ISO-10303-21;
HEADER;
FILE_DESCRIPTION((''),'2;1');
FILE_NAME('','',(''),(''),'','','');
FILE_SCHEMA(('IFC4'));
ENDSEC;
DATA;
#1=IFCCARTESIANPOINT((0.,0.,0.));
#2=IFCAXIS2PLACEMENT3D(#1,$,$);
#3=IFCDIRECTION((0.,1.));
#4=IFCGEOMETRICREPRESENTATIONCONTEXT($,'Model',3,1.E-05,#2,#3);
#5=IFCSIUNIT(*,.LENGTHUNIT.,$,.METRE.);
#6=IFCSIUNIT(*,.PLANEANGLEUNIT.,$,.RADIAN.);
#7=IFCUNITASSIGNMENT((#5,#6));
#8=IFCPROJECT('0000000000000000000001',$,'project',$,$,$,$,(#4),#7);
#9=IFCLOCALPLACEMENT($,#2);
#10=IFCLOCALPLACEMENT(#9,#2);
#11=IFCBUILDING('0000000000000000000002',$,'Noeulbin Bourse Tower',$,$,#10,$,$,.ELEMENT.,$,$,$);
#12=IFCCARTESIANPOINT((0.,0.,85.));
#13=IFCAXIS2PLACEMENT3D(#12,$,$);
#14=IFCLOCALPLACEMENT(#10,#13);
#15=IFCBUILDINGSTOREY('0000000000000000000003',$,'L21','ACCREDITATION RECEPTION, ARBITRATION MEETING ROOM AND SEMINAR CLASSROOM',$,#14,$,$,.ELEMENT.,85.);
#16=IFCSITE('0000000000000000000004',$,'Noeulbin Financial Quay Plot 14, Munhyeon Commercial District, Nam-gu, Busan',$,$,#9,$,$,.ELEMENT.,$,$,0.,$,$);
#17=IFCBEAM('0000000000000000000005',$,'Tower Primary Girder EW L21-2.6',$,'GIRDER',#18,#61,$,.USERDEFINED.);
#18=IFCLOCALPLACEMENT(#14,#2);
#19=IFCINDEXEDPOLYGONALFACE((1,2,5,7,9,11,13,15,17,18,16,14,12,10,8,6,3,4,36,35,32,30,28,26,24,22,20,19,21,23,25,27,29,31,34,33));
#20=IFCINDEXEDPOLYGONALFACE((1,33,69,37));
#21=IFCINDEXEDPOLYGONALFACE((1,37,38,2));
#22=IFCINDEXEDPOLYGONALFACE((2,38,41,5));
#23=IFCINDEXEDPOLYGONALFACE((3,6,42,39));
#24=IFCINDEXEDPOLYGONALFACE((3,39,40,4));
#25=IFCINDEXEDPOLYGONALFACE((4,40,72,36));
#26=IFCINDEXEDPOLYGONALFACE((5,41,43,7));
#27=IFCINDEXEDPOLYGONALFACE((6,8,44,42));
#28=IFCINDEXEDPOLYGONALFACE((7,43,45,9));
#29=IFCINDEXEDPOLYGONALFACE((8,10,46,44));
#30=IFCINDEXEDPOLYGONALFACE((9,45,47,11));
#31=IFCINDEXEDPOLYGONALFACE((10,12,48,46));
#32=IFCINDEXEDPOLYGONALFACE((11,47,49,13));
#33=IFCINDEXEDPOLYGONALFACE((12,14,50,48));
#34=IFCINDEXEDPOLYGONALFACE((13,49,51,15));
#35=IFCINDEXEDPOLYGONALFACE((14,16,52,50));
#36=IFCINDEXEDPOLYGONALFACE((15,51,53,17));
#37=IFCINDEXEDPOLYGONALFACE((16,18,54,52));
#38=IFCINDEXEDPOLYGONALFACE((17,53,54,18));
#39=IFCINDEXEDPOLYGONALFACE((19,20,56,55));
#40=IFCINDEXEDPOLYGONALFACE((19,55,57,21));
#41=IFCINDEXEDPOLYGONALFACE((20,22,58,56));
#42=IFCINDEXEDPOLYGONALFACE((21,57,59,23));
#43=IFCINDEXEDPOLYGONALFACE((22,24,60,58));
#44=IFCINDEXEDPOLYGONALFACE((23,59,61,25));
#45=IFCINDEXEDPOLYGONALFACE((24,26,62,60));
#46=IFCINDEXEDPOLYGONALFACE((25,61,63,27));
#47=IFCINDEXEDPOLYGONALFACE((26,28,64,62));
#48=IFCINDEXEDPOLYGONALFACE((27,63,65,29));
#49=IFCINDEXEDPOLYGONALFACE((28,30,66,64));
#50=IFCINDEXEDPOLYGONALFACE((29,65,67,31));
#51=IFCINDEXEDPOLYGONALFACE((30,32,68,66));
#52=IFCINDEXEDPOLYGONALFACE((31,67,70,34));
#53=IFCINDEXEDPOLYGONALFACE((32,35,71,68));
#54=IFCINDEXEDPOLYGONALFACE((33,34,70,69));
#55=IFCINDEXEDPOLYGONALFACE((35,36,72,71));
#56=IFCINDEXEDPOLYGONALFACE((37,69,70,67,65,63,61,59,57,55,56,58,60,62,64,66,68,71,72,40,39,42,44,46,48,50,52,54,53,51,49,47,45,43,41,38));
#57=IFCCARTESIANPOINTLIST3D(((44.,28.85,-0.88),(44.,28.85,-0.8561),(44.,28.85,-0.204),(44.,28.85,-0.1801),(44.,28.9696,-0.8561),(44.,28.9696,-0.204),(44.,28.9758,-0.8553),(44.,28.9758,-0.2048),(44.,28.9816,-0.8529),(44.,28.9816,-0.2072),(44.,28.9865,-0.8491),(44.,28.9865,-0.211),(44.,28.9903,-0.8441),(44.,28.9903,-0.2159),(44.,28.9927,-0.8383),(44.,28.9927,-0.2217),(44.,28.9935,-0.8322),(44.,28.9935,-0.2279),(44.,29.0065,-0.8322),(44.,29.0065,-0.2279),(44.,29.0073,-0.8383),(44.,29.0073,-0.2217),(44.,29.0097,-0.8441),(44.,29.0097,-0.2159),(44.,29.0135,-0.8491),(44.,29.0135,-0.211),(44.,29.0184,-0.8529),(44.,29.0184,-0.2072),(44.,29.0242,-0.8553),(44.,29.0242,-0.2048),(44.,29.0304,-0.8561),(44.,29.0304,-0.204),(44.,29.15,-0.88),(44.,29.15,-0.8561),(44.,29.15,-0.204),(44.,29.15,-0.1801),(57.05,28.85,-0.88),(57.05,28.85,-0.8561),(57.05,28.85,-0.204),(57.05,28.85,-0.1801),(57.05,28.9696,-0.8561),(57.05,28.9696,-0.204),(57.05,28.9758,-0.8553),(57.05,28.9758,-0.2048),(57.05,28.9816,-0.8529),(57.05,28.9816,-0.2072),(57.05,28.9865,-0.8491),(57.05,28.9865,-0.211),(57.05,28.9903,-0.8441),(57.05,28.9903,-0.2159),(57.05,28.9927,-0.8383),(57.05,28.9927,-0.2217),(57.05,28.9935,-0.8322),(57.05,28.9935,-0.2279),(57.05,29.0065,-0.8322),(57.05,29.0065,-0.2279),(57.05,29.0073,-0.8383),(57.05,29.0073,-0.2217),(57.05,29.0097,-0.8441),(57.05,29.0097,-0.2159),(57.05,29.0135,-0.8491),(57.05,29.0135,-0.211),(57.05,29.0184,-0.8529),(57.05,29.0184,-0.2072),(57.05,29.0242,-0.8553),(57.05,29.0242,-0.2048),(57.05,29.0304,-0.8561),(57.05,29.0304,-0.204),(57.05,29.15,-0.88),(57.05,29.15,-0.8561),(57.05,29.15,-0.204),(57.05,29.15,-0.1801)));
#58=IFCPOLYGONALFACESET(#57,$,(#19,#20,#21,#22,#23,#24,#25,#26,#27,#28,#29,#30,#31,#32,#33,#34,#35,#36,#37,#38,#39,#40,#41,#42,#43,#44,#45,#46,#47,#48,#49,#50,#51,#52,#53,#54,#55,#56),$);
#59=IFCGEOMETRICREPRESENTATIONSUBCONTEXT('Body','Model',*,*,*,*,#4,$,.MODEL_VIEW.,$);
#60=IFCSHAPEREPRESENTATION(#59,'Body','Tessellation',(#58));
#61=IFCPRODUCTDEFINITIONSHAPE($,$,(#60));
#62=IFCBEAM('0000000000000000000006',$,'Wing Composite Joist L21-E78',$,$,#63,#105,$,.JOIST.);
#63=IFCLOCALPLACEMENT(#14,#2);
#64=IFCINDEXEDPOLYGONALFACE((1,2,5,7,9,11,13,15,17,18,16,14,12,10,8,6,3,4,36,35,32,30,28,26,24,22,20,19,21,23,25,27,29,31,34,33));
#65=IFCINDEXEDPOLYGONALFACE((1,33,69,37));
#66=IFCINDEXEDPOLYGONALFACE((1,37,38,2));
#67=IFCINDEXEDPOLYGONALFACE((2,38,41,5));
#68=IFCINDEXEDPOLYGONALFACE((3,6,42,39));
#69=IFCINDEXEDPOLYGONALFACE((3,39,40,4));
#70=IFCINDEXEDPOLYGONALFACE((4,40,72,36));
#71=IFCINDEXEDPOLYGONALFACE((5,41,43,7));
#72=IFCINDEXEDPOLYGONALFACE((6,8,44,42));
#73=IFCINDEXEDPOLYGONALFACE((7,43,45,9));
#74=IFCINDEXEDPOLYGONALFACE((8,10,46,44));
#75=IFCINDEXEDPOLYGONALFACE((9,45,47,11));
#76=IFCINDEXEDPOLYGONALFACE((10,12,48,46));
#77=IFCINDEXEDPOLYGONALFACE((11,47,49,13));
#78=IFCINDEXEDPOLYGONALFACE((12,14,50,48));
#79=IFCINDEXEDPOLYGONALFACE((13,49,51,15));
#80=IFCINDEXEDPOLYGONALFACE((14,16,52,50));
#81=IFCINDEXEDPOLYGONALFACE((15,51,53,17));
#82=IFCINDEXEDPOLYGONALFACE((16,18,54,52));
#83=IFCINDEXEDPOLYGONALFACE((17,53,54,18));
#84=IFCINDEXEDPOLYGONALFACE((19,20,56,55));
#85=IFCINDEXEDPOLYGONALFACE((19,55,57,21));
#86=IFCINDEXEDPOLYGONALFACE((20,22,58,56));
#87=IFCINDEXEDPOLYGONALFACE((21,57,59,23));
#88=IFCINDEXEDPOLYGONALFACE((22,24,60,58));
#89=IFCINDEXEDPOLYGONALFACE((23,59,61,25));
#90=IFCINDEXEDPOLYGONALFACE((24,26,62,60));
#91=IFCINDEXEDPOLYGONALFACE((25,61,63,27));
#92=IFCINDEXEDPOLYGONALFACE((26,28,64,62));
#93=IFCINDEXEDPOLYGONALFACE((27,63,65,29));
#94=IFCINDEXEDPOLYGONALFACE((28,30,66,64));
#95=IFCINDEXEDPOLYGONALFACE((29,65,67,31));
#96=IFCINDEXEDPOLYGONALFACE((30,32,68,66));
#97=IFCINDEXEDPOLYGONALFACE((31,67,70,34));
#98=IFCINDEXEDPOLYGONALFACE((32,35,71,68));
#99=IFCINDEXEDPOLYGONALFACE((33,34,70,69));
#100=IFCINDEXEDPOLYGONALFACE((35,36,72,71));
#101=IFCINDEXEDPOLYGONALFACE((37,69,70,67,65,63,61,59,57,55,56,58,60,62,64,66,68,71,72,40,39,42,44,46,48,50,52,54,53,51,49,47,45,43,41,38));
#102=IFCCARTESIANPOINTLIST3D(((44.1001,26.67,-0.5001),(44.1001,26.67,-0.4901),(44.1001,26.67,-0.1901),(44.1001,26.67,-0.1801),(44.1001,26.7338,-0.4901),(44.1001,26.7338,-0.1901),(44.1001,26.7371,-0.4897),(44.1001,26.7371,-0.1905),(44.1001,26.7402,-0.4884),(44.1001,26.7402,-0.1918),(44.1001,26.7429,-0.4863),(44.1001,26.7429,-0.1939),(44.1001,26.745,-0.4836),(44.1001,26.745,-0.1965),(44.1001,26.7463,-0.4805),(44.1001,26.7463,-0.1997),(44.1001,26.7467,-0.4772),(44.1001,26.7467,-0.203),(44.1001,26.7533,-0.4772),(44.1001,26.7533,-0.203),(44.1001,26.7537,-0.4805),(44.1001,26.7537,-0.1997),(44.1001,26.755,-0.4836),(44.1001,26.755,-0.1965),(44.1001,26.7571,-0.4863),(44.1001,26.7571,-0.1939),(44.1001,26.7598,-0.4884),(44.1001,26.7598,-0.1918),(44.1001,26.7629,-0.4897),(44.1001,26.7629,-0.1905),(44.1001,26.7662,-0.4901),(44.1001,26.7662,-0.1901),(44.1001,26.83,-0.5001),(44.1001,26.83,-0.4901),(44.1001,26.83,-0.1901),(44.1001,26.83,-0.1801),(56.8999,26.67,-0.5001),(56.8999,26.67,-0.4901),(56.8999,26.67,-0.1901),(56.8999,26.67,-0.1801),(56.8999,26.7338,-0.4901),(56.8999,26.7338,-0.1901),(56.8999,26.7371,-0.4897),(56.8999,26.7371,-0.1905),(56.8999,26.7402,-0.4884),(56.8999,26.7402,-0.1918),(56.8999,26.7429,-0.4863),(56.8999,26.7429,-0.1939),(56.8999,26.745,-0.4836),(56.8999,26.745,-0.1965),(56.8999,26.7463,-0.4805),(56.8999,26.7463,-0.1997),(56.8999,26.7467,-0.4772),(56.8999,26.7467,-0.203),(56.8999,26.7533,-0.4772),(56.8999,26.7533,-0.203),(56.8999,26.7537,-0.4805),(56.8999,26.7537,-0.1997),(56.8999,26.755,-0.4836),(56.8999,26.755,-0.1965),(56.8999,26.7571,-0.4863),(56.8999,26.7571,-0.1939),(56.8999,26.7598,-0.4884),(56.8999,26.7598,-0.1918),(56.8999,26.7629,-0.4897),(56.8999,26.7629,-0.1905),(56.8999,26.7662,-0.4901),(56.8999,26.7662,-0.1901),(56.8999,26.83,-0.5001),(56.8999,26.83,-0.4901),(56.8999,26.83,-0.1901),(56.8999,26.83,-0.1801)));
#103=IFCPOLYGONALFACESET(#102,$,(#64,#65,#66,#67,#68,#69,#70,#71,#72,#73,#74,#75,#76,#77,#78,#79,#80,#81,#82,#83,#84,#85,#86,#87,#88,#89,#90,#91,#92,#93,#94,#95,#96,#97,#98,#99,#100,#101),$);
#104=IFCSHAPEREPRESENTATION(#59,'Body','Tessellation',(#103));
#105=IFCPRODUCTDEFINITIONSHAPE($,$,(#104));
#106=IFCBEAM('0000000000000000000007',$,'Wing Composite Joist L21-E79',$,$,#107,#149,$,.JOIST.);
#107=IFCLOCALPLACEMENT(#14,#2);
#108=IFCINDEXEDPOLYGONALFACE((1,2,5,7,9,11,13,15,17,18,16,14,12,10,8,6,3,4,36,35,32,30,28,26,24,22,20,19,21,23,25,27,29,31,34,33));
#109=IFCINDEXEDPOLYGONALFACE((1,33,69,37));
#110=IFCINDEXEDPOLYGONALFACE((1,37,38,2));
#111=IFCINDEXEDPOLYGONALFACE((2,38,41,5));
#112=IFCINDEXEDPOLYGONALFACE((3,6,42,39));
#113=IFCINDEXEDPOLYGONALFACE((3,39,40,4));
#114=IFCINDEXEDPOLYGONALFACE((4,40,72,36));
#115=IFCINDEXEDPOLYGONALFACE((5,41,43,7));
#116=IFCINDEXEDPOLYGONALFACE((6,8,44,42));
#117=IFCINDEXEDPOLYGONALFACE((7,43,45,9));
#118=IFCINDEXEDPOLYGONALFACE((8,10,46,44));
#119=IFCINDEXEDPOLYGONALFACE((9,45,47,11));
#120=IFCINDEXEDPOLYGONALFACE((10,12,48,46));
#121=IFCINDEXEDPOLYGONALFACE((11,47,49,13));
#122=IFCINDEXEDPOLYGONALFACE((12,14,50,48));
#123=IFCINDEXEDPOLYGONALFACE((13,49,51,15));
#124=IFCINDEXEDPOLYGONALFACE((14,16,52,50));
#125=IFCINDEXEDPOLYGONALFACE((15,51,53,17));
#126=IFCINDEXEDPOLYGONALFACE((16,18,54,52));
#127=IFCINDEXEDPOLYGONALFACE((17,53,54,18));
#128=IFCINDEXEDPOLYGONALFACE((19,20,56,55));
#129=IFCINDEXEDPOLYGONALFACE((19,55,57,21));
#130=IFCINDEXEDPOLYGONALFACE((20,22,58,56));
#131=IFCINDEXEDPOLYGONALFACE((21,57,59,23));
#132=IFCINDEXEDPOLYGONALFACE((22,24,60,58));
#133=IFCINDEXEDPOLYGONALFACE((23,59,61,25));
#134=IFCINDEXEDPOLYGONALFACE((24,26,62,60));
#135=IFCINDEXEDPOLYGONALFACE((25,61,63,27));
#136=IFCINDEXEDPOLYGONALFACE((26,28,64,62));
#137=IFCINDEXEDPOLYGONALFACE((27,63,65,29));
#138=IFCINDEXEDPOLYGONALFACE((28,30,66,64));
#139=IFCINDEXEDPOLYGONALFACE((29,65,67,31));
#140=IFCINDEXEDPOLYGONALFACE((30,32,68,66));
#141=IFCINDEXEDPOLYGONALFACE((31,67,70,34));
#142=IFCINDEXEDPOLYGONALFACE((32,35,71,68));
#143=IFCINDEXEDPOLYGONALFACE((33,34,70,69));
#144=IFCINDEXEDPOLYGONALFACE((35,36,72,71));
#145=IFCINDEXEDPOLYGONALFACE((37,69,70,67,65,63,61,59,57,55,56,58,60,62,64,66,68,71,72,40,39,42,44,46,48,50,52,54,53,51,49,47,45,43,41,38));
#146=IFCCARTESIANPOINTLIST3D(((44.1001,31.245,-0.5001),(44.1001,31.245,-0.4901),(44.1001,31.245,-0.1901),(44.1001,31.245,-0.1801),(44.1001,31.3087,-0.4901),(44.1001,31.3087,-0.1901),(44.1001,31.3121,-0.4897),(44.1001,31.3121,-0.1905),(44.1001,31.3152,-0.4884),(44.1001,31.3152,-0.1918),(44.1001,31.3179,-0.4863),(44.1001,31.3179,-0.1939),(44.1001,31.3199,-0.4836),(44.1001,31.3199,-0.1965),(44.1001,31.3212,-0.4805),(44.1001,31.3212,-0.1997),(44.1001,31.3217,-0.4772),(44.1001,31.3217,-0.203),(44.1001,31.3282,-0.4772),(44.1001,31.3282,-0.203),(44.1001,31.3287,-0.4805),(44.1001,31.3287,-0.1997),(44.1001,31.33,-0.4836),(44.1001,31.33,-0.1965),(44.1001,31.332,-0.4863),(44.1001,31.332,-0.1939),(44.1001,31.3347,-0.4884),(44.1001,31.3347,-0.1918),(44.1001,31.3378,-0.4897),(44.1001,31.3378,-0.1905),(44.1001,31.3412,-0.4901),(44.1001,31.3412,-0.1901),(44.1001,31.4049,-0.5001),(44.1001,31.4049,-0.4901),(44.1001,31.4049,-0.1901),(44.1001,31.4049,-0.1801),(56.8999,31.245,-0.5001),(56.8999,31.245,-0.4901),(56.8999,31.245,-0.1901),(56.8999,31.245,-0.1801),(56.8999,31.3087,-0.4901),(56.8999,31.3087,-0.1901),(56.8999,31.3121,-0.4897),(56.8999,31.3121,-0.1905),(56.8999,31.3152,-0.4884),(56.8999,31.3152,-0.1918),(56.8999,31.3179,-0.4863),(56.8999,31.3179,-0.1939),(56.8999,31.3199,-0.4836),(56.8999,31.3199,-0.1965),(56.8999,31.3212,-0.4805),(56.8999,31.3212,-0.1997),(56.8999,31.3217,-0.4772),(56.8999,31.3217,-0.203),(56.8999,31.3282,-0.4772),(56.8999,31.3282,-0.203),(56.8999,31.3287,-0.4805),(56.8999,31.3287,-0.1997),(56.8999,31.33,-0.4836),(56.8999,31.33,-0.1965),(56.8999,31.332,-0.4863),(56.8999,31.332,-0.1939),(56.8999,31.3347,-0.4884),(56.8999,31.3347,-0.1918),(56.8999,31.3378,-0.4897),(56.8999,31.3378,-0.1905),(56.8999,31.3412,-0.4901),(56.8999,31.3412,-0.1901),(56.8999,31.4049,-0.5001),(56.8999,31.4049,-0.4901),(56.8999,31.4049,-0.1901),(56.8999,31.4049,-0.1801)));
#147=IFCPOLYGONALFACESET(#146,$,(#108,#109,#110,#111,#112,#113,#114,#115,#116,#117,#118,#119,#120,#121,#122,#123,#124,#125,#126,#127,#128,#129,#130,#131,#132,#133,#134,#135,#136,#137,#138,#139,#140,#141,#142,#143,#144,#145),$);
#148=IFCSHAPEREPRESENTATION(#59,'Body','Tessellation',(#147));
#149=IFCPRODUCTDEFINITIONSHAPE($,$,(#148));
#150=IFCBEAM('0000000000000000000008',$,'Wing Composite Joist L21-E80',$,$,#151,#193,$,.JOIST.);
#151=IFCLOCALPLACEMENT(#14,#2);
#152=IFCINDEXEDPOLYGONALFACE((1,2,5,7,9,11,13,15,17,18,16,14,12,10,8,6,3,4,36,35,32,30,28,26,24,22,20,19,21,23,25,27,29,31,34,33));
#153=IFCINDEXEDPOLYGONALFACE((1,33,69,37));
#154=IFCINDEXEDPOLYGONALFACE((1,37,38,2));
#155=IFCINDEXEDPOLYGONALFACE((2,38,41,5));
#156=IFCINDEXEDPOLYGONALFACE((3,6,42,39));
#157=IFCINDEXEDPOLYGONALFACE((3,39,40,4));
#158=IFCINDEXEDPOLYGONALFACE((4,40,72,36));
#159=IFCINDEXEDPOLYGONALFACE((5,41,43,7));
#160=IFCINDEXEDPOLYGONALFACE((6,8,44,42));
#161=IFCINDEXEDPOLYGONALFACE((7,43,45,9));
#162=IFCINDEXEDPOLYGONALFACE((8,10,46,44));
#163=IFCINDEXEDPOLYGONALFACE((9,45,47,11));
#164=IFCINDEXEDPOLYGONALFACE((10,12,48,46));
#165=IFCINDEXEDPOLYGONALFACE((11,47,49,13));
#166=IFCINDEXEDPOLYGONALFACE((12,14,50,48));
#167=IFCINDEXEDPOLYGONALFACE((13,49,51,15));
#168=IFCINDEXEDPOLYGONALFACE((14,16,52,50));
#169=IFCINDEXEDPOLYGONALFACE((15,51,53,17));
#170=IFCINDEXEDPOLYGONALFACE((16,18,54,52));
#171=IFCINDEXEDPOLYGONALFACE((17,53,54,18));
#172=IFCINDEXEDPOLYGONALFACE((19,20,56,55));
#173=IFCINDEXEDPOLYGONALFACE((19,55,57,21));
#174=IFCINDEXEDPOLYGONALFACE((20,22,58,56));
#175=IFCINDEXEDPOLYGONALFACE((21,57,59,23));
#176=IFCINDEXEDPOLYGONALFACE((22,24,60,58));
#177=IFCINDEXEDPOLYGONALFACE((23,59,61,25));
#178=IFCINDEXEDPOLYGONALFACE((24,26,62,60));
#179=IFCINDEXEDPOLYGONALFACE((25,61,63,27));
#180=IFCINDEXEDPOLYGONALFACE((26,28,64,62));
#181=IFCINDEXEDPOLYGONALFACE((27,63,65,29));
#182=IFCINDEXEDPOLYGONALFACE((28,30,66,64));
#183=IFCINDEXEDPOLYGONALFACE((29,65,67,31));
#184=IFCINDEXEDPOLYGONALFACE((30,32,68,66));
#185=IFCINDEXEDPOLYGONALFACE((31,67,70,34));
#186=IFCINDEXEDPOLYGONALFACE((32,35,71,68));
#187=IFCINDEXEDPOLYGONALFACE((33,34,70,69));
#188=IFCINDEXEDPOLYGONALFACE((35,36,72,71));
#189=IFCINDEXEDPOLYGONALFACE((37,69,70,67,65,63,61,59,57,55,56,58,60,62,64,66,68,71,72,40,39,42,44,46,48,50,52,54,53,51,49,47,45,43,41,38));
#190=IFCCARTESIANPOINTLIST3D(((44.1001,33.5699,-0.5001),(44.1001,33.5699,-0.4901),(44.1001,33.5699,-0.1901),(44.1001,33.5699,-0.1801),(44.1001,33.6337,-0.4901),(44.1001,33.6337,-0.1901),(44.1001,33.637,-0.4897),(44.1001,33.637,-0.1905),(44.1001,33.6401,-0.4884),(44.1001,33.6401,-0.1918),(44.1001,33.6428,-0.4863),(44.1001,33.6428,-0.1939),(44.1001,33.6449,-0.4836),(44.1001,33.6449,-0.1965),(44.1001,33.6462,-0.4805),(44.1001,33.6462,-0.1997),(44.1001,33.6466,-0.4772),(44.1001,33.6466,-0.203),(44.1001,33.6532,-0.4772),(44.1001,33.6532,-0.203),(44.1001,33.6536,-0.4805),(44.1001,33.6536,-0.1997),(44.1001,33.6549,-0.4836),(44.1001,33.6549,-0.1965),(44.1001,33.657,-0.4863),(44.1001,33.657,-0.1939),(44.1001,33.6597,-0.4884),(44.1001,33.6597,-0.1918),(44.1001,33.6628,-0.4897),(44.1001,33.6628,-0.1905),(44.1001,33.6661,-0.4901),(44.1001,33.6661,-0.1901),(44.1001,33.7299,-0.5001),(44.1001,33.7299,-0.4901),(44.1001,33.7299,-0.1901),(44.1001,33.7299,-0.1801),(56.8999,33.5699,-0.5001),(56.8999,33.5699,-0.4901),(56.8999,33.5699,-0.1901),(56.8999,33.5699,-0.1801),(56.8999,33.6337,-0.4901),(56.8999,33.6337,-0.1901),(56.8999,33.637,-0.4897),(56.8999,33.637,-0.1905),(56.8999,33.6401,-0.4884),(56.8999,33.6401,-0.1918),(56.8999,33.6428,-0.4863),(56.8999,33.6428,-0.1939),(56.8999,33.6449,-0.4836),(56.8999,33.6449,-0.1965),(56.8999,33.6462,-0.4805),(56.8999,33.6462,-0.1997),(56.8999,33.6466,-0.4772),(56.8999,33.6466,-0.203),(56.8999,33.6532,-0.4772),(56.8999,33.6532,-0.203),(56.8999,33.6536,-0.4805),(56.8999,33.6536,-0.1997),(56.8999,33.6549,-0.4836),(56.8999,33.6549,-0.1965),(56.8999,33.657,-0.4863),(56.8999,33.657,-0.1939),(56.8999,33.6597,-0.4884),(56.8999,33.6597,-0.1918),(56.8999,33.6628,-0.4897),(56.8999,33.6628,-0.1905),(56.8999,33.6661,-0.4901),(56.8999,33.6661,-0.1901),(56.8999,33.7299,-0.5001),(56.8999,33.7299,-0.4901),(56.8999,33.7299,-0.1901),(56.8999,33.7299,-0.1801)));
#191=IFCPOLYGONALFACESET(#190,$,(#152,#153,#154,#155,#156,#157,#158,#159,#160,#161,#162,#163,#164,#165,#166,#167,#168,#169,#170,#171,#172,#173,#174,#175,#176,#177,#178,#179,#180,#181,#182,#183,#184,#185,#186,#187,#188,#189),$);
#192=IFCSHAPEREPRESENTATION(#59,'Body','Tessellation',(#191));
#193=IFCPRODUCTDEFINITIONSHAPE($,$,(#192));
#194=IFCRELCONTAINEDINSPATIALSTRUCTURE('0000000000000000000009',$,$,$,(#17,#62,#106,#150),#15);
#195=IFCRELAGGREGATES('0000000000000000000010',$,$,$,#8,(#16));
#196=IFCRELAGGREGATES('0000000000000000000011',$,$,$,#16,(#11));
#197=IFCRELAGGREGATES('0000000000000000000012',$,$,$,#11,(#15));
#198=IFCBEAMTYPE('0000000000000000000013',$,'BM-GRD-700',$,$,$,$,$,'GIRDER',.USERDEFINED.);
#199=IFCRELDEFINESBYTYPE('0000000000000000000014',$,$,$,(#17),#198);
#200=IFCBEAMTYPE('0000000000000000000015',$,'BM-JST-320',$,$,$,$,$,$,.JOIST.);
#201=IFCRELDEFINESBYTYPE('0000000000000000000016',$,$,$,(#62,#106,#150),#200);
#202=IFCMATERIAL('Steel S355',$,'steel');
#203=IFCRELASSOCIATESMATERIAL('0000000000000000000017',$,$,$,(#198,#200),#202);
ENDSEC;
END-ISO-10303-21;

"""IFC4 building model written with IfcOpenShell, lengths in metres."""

from ifc_helpers import new_model, si_unit, direction, frame, origin, origin_2d, place, context, subcontext, project, spatial, i_section, extrude, material, material_profile, profile_set, type_object, element, save


model = new_model("IFC4")

# Units and contexts
model_context = context("Model", 3, precision=1e-05, world=origin(), true_north=direction((0.0, 1.0)))
body_context = subcontext(model_context, "Body", "Model", "MODEL_VIEW")
ifc_project = project(units=[si_unit("LENGTHUNIT", "METRE"), si_unit("PLANEANGLEUNIT", "RADIAN")], contexts=[model_context])

# Site, building, storey
site_placement = place(None, origin())
site = spatial("IfcSite", under=ifc_project, at=site_placement, Name="Noeulbin Financial Quay Plot 14, Munhyeon Commercial District, Nam-gu, Busan", CompositionType="ELEMENT", RefElevation=0.0)
building_placement = place(site_placement, origin())
building = spatial("IfcBuilding", under=site, at=building_placement, Name="Noeulbin Bourse Tower", CompositionType="ELEMENT")
storey_placement = place(building_placement, frame((0.0, 0.0, 85.0)))
storey = spatial("IfcBuildingStorey", under=building, at=storey_placement, Name="L21", Description="ACCREDITATION RECEPTION, ARBITRATION MEETING ROOM AND SEMINAR CLASSROOM", CompositionType="ELEMENT", Elevation=85.0)

# Beams
ifc_material_1 = material(Name="Steel S355", Category="steel")
ifc_material_profile_1 = material_profile(ifc_material_1, i_section(OverallWidth=0.3, OverallDepth=0.7, WebThickness=0.0129, FlangeThickness=0.0239, FilletRadius=0.0239, at=origin_2d()), Name="H-700x300x13x24", Category="LoadBearing")
ifc_profile_set_1 = profile_set([ifc_material_profile_1], Name="Steel S355")
beam_type_1 = type_object("IfcBeamType", Name="BM-GRD-700", ElementType="GIRDER", PredefinedType="USERDEFINED", material=ifc_profile_set_1)
beam_1_placement = place(storey_placement, frame((44.0, 29.0, -0.53), z_axis=(1.0, 0.0, 0.0), x_axis=(0.0, 1.0, 0.0)))
element("IfcBeam", 1, at=beam_1_placement, inside=storey, type_object=beam_type_1, Name="Tower Primary Girder EW L21-2.6", ObjectType="GIRDER", PredefinedType="USERDEFINED", context=body_context, shape_type="SweptSolid", body=[
    extrude(i_section(OverallWidth=0.3, OverallDepth=0.7, WebThickness=0.0129, FlangeThickness=0.0239, FilletRadius=0.0239, at=origin_2d()), origin(), (0.0, 0.0, 1.0), 13.05),
])
ifc_material_profile_2 = material_profile(ifc_material_1, i_section(OverallWidth=0.1599, OverallDepth=0.3201, WebThickness=0.0066, FlangeThickness=0.01, FilletRadius=0.0129, at=origin_2d()), Name="H-320x160x6.5x10", Category="LoadBearing")
ifc_profile_set_2 = profile_set([ifc_material_profile_2], Name="Steel S355")
beam_type_2 = type_object("IfcBeamType", Name="BM-JST-320", PredefinedType="JOIST", material=ifc_profile_set_2)
for number, where, z_axis, x_axis, name in (
    (2, (44.1001, 26.75, -0.3401), (1.0, 0.0, 0.0), (0.0, 1.0, 0.0), "Wing Composite Joist L21-E78"),
    (3, (44.1001, 31.325, -0.3401), (1.0, 0.0, 0.0), (0.0, 1.0, 0.0), "Wing Composite Joist L21-E79"),
    (4, (44.1001, 33.6499, -0.3401), (1.0, 0.0, 0.0), (0.0, 1.0, 0.0), "Wing Composite Joist L21-E80"),
):
    element("IfcBeam", number, at=place(storey_placement, frame(where, z_axis=z_axis, x_axis=x_axis)), inside=storey, type_object=beam_type_2, Name=name, PredefinedType="JOIST", context=body_context, shape_type="SweptSolid", body=[
        extrude(i_section(OverallWidth=0.1599, OverallDepth=0.3201, WebThickness=0.0066, FlangeThickness=0.01, FilletRadius=0.0129, at=origin_2d()), origin(), (0.0, 0.0, 1.0), 12.7998),
    ])

save(model, "model.ifc")
